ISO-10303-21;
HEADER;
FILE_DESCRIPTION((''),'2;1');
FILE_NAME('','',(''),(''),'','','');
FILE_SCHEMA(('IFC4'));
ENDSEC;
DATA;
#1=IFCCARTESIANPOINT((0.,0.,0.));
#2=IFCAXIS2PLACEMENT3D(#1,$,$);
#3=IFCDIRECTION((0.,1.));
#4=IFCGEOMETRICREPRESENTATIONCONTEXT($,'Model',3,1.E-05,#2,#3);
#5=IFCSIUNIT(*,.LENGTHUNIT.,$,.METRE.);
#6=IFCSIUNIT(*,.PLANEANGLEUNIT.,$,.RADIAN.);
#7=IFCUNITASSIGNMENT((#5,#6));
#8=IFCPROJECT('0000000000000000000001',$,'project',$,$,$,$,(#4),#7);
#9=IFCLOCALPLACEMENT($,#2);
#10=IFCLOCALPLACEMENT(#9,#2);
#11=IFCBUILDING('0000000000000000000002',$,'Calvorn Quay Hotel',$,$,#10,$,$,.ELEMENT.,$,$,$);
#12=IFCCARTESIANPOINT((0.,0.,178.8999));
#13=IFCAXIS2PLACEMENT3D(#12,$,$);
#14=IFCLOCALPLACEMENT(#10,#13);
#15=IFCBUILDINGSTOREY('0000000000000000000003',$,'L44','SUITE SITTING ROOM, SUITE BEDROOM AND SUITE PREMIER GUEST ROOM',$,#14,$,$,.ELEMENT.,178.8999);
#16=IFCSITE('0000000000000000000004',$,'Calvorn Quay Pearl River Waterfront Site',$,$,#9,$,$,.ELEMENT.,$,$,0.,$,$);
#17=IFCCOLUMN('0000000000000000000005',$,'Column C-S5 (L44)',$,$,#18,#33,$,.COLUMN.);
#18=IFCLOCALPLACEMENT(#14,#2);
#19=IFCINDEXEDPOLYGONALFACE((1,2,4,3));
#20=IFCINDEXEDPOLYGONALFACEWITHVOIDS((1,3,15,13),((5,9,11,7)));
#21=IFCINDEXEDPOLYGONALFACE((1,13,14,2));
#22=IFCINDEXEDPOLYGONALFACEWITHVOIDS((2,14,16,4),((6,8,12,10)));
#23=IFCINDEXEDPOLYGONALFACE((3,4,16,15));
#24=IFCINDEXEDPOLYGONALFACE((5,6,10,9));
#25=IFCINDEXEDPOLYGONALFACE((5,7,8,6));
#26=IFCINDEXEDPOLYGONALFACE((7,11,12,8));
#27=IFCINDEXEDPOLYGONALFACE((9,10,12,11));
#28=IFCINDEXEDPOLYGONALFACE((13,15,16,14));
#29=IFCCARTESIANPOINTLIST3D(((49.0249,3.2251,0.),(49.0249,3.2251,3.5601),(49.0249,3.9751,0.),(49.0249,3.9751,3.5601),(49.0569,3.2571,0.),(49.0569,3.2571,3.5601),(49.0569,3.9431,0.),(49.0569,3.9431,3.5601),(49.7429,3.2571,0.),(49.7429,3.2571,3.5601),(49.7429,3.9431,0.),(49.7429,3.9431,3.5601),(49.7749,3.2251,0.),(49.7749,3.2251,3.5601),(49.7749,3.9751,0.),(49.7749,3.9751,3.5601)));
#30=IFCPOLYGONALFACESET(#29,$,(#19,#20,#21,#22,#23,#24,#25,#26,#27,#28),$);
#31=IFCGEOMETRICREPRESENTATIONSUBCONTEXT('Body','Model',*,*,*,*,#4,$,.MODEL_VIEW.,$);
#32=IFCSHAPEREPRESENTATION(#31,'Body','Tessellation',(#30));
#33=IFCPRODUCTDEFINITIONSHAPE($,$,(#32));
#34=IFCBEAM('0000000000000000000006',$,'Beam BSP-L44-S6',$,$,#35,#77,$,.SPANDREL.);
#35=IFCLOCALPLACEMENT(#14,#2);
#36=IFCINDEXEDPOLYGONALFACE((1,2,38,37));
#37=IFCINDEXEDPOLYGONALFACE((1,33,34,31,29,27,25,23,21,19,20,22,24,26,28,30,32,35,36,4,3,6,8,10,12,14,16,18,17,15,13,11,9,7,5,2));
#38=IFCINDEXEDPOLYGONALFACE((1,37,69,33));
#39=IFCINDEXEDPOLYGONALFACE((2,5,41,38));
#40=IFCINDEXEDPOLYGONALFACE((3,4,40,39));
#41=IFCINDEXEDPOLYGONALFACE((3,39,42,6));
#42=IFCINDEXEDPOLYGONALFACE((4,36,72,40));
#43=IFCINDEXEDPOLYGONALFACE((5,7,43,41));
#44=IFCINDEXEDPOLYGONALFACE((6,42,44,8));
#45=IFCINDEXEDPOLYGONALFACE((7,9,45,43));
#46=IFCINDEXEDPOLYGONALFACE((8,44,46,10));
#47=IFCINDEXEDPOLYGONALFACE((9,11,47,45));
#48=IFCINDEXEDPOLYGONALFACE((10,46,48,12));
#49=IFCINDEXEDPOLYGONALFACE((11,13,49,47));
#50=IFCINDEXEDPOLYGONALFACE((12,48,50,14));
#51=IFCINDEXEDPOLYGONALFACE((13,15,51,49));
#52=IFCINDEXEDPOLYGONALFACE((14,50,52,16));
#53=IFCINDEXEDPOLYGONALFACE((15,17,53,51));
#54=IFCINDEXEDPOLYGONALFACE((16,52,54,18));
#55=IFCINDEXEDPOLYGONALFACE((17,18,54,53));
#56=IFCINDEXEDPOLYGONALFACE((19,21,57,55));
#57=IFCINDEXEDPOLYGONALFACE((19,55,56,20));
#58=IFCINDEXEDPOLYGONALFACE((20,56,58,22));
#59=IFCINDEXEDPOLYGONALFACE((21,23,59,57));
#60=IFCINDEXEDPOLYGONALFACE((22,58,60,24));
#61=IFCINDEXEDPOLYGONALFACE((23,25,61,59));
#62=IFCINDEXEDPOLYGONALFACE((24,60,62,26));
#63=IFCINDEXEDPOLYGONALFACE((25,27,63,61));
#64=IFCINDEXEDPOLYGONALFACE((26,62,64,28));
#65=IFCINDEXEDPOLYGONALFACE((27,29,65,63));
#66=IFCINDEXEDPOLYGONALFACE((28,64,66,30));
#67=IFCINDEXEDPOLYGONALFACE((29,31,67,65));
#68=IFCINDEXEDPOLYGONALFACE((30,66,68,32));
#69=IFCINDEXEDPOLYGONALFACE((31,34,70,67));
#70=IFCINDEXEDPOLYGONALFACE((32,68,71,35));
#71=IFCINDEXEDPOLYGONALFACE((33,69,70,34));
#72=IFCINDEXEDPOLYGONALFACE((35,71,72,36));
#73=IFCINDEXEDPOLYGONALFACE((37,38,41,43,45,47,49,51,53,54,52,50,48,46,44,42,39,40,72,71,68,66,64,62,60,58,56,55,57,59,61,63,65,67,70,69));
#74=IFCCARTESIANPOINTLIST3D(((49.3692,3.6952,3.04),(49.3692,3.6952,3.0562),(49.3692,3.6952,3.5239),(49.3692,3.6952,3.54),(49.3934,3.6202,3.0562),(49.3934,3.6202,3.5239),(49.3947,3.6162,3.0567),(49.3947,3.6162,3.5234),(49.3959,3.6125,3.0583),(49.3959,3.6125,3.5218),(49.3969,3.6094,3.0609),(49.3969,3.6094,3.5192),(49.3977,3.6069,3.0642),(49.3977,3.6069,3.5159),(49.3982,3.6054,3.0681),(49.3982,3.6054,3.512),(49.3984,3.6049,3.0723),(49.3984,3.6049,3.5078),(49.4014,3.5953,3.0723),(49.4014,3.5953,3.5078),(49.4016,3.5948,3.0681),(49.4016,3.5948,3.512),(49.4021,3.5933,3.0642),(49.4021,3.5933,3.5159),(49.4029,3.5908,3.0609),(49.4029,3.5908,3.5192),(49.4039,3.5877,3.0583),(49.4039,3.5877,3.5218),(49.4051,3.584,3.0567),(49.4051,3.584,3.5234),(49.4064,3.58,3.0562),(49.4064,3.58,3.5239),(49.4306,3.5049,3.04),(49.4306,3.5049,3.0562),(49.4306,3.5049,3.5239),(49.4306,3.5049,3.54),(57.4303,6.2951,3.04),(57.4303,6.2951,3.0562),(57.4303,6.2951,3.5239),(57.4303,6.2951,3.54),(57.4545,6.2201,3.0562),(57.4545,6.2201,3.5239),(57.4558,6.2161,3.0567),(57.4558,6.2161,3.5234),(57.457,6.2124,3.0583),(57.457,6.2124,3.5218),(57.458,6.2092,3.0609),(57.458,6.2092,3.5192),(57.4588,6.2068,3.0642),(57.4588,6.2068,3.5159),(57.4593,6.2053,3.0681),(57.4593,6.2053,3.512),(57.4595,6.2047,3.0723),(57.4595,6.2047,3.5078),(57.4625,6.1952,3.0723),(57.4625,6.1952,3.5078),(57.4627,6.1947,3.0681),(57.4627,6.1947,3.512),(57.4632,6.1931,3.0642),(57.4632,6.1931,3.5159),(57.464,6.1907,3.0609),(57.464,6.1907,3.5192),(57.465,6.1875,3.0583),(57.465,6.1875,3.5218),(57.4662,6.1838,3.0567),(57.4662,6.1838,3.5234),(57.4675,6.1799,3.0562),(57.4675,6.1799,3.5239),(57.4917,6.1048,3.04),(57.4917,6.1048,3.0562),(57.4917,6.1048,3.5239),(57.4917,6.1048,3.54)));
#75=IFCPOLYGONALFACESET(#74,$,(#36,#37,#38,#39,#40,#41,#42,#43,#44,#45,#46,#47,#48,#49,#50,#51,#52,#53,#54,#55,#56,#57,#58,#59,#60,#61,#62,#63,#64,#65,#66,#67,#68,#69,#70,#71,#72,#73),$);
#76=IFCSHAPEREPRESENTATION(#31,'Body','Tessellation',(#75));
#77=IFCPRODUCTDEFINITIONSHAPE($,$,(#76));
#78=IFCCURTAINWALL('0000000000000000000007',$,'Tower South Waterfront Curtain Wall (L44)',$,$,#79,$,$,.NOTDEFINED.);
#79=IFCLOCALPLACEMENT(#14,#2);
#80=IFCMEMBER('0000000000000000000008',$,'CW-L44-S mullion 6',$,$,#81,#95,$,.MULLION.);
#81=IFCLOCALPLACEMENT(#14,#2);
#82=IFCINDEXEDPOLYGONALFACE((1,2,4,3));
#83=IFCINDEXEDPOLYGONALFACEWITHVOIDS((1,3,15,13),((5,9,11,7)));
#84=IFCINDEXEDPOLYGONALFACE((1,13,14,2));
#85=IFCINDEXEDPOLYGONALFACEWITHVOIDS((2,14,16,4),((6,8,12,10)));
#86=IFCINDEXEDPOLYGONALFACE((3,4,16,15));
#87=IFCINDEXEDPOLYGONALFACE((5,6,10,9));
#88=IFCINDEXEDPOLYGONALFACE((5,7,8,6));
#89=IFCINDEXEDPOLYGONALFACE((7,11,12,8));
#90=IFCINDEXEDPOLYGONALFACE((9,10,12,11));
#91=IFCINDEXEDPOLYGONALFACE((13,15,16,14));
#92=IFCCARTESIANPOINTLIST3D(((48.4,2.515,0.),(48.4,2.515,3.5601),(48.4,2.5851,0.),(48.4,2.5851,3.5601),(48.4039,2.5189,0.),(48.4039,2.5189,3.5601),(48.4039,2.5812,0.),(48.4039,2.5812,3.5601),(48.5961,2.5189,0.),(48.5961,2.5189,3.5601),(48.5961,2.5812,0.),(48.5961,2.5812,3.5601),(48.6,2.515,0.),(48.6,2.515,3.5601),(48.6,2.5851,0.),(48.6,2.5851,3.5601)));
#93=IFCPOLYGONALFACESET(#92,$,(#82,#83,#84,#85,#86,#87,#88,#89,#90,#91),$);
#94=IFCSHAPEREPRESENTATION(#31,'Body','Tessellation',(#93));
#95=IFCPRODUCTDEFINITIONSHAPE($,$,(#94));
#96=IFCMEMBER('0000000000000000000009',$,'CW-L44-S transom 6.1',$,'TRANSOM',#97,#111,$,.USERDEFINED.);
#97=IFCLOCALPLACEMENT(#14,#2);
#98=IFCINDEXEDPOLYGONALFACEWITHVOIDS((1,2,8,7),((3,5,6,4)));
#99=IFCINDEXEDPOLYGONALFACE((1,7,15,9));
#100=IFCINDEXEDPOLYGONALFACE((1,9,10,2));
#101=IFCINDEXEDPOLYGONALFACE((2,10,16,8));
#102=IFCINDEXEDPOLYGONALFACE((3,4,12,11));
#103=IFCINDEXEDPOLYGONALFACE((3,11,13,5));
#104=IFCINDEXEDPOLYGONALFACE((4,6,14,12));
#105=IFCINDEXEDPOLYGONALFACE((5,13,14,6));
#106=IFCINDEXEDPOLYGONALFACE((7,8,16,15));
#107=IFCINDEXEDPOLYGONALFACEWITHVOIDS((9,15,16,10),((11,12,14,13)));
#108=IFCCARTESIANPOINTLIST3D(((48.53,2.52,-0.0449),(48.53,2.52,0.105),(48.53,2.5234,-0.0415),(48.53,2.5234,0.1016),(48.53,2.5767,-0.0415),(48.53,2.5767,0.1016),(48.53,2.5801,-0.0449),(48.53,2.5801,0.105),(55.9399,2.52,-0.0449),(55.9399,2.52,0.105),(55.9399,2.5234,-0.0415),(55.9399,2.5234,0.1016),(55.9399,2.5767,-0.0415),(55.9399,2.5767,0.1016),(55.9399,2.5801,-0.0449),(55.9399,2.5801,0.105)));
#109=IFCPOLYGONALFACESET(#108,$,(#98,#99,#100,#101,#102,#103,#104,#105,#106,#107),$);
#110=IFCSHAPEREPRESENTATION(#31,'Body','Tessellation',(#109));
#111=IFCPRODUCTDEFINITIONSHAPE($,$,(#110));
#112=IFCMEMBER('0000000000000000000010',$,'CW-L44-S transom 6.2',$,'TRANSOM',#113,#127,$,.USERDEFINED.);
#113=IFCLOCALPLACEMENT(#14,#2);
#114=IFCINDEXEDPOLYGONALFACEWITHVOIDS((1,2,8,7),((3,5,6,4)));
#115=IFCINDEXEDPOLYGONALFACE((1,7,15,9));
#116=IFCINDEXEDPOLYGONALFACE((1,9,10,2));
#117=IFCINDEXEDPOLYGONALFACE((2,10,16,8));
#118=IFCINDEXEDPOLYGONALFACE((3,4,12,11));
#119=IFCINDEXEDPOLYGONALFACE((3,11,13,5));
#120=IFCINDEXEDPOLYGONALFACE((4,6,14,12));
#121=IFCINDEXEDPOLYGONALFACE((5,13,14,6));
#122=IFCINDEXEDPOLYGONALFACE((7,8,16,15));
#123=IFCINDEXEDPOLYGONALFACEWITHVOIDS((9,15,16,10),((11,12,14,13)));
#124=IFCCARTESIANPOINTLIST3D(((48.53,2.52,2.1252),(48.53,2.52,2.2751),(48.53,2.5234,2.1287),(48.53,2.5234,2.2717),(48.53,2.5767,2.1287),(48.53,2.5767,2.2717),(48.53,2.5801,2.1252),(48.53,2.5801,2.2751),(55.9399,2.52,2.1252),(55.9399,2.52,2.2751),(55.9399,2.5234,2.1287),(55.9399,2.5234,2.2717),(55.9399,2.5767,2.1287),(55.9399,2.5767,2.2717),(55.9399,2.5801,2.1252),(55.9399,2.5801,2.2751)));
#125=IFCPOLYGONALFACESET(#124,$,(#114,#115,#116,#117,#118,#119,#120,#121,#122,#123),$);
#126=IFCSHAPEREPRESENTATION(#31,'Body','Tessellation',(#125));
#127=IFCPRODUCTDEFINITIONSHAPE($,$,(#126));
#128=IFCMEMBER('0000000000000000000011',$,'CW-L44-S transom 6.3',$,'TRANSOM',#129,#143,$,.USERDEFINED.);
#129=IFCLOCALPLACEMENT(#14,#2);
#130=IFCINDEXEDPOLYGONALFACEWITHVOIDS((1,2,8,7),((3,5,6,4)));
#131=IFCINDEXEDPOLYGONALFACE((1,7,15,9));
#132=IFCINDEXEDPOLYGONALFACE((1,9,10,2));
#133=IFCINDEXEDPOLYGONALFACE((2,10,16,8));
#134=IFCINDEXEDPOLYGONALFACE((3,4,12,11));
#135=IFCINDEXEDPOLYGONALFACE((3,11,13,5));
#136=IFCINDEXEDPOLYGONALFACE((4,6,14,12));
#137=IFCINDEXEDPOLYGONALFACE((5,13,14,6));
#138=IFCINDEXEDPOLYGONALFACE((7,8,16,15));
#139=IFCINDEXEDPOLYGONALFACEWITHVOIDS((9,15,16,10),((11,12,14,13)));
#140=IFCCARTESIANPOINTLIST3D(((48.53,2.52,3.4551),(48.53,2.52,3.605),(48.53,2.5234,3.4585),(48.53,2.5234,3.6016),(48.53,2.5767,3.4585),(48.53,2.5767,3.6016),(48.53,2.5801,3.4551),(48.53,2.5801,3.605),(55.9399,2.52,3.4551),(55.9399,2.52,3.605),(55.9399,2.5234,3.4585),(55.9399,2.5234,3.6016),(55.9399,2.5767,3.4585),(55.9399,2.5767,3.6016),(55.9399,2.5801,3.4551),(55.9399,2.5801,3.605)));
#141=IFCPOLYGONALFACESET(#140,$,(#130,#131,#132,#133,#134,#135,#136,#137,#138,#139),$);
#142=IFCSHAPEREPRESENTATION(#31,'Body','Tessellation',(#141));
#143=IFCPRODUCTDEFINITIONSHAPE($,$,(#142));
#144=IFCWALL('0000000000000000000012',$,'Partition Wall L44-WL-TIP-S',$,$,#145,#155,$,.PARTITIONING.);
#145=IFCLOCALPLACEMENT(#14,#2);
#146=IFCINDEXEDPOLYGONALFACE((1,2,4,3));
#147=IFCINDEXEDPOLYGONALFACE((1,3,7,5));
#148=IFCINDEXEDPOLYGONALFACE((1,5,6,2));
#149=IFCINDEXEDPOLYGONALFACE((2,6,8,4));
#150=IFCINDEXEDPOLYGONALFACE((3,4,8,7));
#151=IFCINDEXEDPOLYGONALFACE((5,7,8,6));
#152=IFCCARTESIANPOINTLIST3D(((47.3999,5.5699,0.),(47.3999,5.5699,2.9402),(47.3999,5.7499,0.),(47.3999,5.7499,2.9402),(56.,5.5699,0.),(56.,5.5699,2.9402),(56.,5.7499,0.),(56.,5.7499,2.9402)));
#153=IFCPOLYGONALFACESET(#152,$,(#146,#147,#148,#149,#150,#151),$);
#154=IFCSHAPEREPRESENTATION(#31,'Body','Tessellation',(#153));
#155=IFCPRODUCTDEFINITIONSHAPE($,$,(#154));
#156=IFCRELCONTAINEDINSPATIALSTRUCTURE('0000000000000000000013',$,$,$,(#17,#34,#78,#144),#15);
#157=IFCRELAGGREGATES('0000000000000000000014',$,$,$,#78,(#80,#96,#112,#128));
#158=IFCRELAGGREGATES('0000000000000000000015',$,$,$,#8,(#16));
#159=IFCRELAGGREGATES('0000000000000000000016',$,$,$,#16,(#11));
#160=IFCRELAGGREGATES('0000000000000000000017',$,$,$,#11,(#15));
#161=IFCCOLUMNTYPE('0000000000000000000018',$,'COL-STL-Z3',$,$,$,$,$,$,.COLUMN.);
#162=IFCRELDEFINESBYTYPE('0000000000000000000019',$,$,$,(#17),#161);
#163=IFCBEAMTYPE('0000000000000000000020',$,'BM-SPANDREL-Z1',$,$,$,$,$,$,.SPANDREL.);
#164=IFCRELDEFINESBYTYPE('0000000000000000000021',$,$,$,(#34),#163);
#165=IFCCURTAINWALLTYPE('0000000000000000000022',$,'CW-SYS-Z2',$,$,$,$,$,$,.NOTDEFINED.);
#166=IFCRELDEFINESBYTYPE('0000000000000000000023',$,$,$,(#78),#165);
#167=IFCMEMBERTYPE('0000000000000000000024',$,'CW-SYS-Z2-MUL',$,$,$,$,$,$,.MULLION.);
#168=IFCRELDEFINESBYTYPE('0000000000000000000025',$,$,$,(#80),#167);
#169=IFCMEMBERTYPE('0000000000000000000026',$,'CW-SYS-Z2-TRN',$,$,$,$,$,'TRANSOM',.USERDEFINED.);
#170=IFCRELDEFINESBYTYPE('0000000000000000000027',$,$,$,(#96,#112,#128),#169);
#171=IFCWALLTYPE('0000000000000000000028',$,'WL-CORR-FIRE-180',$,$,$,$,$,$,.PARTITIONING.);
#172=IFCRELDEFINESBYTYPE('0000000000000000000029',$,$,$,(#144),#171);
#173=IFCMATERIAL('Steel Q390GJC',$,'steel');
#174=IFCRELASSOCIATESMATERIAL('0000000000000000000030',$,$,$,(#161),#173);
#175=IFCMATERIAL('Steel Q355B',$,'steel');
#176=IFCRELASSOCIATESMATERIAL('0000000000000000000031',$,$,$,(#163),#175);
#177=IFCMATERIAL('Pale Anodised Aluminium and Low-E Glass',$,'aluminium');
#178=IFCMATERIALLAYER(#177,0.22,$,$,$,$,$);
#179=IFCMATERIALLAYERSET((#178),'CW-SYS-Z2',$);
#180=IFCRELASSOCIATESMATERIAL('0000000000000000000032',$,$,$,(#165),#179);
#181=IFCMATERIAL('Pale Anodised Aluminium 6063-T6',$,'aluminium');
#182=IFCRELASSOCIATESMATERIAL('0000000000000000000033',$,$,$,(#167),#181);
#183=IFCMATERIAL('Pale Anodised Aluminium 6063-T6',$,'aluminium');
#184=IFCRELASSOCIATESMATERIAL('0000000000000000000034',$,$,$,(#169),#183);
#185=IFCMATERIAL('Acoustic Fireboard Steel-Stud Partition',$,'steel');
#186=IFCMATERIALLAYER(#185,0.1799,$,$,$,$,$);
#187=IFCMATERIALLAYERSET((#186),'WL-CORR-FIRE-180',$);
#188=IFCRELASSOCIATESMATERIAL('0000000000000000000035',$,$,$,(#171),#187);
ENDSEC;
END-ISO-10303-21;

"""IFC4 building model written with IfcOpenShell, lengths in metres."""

from ifc_helpers import new_model, si_unit, direction, frame, frame_2d, origin, origin_2d, place, context, subcontext, project, spatial, rectangle, hollow_rectangle, i_section, extrude, material, layer, layer_set, material_profile, profile_set, type_object, element, aggregate, save


model = new_model("IFC4")

# Units and contexts
model_context = context("Model", 3, precision=1e-05, world=origin(), true_north=direction((0.0, 1.0)))
body_context = subcontext(model_context, "Body", "Model", "MODEL_VIEW")
ifc_project = project(units=[si_unit("LENGTHUNIT", "METRE"), si_unit("PLANEANGLEUNIT", "RADIAN")], contexts=[model_context])

# Site, building, storey
site_placement = place(None, origin())
site = spatial("IfcSite", under=ifc_project, at=site_placement, Name="Calvorn Quay Pearl River Waterfront Site", CompositionType="ELEMENT", RefElevation=0.0)
building_placement = place(site_placement, origin())
building = spatial("IfcBuilding", under=site, at=building_placement, Name="Calvorn Quay Hotel", CompositionType="ELEMENT")
storey_placement = place(building_placement, frame((0.0, 0.0, 178.8999)))
storey = spatial("IfcBuildingStorey", under=building, at=storey_placement, Name="L44", Description="SUITE SITTING ROOM, SUITE BEDROOM AND SUITE PREMIER GUEST ROOM", CompositionType="ELEMENT", Elevation=178.8999)

# Column
ifc_material_1 = material(Name="Steel Q390GJC", Category="steel")
ifc_material_profile_1 = material_profile(ifc_material_1, hollow_rectangle(XDim=0.75, YDim=0.75, WallThickness=0.032, at=origin_2d()), Name="BOX750x750x32")
ifc_profile_set_1 = profile_set([ifc_material_profile_1], Name="Steel Q390GJC")
column_type = type_object("IfcColumnType", Name="COL-STL-Z3", PredefinedType="COLUMN", material=ifc_profile_set_1)
column_placement = place(storey_placement, frame((49.3999, 3.6001, 0.0), z_axis=(0.0, 0.0, 1.0), x_axis=(1.0, 0.0, 0.0)))
element("IfcColumn", 1, at=column_placement, inside=storey, type_object=column_type, Name="Column C-S5 (L44)", PredefinedType="COLUMN", context=body_context, shape_type="SweptSolid", body=[
    extrude(hollow_rectangle(XDim=0.75, YDim=0.75, WallThickness=0.032, at=origin_2d()), origin(), (0.0, 0.0, 1.0), 3.5601),
])

# Beam
ifc_material_2 = material(Name="Steel Q355B", Category="steel")
ifc_material_profile_2 = material_profile(ifc_material_2, i_section(OverallWidth=0.2, OverallDepth=0.5, WebThickness=0.01, FlangeThickness=0.0161, FilletRadius=0.0161, at=origin_2d()), Name="HN500x200x10x16")
ifc_profile_set_2 = profile_set([ifc_material_profile_2], Name="Steel Q355B")
beam_type = type_object("IfcBeamType", Name="BM-SPANDREL-Z1", PredefinedType="SPANDREL", material=ifc_profile_set_2)
beam_placement = place(storey_placement, frame((49.3999, 3.6001, 3.29), z_axis=(0.951725, 0.306951, 0.0), x_axis=(-0.306951, 0.951725, 0.0)))
element("IfcBeam", 2, at=beam_placement, inside=storey, type_object=beam_type, Name="Beam BSP-L44-S6", PredefinedType="SPANDREL", context=body_context, shape_type="SweptSolid", body=[
    extrude(i_section(OverallWidth=0.2, OverallDepth=0.5, WebThickness=0.01, FlangeThickness=0.0161, FilletRadius=0.0161, at=origin_2d()), origin(), (0.0, 0.0, 1.0), 8.47),
])

# Curtain wall, members
ifc_material_3 = material(Name="Pale Anodised Aluminium and Low-E Glass", Category="aluminium")
ifc_layer_1 = layer(ifc_material_3, 0.22)
ifc_layer_set_1 = layer_set([ifc_layer_1], Name="CW-SYS-Z2")
curtain_wall_type = type_object("IfcCurtainWallType", Name="CW-SYS-Z2", PredefinedType="NOTDEFINED", material=ifc_layer_set_1)
curtain_wall_placement = place(storey_placement, origin())
curtain_wall = element("IfcCurtainWall", 3, at=curtain_wall_placement, inside=storey, type_object=curtain_wall_type, Name="Tower South Waterfront Curtain Wall (L44)", PredefinedType="NOTDEFINED")
ifc_material_4 = material(Name="Pale Anodised Aluminium 6063-T6", Category="aluminium")
ifc_material_profile_3 = material_profile(ifc_material_4, hollow_rectangle(XDim=0.0701, YDim=0.2, WallThickness=0.0039, at=origin_2d()), Name="ALU-M200x70x4")
ifc_profile_set_3 = profile_set([ifc_material_profile_3], Name="Pale Anodised Aluminium 6063-T6")
member_type_1 = type_object("IfcMemberType", Name="CW-SYS-Z2-MUL", PredefinedType="MULLION", material=ifc_profile_set_3)
member_1_placement = place(storey_placement, frame((48.5, 2.55, 0.0), z_axis=(0.0, 0.0, 1.0), x_axis=(0.0, 1.0, 0.0)))
member_1 = element("IfcMember", 4, at=member_1_placement, type_object=member_type_1, Name="CW-L44-S mullion 6", PredefinedType="MULLION", context=body_context, shape_type="SweptSolid", body=[
    extrude(hollow_rectangle(XDim=0.0701, YDim=0.2, WallThickness=0.0039, at=origin_2d()), origin(), (0.0, 0.0, 1.0), 3.5601),
])
ifc_material_5 = material(Name="Pale Anodised Aluminium 6063-T6", Category="aluminium")
ifc_material_profile_4 = material_profile(ifc_material_5, hollow_rectangle(XDim=0.0601, YDim=0.1499, WallThickness=0.0034, at=origin_2d()), Name="ALU-T150x60x3.5")
ifc_profile_set_4 = profile_set([ifc_material_profile_4], Name="Pale Anodised Aluminium 6063-T6")
member_type_2 = type_object("IfcMemberType", Name="CW-SYS-Z2-TRN", ElementType="TRANSOM", PredefinedType="USERDEFINED", material=ifc_profile_set_4)
member_2_placement = place(storey_placement, frame((48.53, 2.55, 0.03), z_axis=(1.0, 0.0, 0.0), x_axis=(0.0, 1.0, 0.0)))
member_2 = element("IfcMember", 5, at=member_2_placement, type_object=member_type_2, Name="CW-L44-S transom 6.1", ObjectType="TRANSOM", PredefinedType="USERDEFINED", context=body_context, shape_type="SweptSolid", body=[
    extrude(hollow_rectangle(XDim=0.0601, YDim=0.1499, WallThickness=0.0034, at=origin_2d()), origin(), (0.0, 0.0, 1.0), 7.4099),
])
member_3_placement = place(storey_placement, frame((48.53, 2.55, 2.2002), z_axis=(1.0, 0.0, 0.0), x_axis=(0.0, 1.0, 0.0)))
member_3 = element("IfcMember", 6, at=member_3_placement, type_object=member_type_2, Name="CW-L44-S transom 6.2", ObjectType="TRANSOM", PredefinedType="USERDEFINED", context=body_context, shape_type="SweptSolid", body=[
    extrude(hollow_rectangle(XDim=0.0601, YDim=0.1499, WallThickness=0.0034, at=origin_2d()), origin(), (0.0, 0.0, 1.0), 7.4099),
])
member_4_placement = place(storey_placement, frame((48.53, 2.55, 3.53), z_axis=(1.0, 0.0, 0.0), x_axis=(0.0, 1.0, 0.0)))
member_4 = element("IfcMember", 7, at=member_4_placement, type_object=member_type_2, Name="CW-L44-S transom 6.3", ObjectType="TRANSOM", PredefinedType="USERDEFINED", context=body_context, shape_type="SweptSolid", body=[
    extrude(hollow_rectangle(XDim=0.0601, YDim=0.1499, WallThickness=0.0034, at=origin_2d()), origin(), (0.0, 0.0, 1.0), 7.4099),
])
aggregate(curtain_wall, [member_1, member_2, member_3, member_4])

# Wall
ifc_material_6 = material(Name="Acoustic Fireboard Steel-Stud Partition", Category="steel")
ifc_layer_2 = layer(ifc_material_6, 0.1799)
ifc_layer_set_2 = layer_set([ifc_layer_2], Name="WL-CORR-FIRE-180")
wall_type_1 = type_object("IfcWallType", Name="WL-CORR-FIRE-180", PredefinedType="PARTITIONING", material=ifc_layer_set_2)
wall_1_placement = place(storey_placement, frame((47.3999, 5.6599, 0.0), z_axis=(0.0, 0.0, 1.0), x_axis=(1.0, 0.0, 0.0)))
element("IfcWall", 8, at=wall_1_placement, inside=storey, type_object=wall_type_1, Name="Partition Wall L44-WL-TIP-S", PredefinedType="PARTITIONING", context=body_context, shape_type="SweptSolid", body=[
    extrude(rectangle(XDim=8.6001, YDim=0.1799, at=frame_2d((4.3, 0.0))), origin(), (0.0, 0.0, 1.0), 2.9402),
])

save(model, "model.ifc")
